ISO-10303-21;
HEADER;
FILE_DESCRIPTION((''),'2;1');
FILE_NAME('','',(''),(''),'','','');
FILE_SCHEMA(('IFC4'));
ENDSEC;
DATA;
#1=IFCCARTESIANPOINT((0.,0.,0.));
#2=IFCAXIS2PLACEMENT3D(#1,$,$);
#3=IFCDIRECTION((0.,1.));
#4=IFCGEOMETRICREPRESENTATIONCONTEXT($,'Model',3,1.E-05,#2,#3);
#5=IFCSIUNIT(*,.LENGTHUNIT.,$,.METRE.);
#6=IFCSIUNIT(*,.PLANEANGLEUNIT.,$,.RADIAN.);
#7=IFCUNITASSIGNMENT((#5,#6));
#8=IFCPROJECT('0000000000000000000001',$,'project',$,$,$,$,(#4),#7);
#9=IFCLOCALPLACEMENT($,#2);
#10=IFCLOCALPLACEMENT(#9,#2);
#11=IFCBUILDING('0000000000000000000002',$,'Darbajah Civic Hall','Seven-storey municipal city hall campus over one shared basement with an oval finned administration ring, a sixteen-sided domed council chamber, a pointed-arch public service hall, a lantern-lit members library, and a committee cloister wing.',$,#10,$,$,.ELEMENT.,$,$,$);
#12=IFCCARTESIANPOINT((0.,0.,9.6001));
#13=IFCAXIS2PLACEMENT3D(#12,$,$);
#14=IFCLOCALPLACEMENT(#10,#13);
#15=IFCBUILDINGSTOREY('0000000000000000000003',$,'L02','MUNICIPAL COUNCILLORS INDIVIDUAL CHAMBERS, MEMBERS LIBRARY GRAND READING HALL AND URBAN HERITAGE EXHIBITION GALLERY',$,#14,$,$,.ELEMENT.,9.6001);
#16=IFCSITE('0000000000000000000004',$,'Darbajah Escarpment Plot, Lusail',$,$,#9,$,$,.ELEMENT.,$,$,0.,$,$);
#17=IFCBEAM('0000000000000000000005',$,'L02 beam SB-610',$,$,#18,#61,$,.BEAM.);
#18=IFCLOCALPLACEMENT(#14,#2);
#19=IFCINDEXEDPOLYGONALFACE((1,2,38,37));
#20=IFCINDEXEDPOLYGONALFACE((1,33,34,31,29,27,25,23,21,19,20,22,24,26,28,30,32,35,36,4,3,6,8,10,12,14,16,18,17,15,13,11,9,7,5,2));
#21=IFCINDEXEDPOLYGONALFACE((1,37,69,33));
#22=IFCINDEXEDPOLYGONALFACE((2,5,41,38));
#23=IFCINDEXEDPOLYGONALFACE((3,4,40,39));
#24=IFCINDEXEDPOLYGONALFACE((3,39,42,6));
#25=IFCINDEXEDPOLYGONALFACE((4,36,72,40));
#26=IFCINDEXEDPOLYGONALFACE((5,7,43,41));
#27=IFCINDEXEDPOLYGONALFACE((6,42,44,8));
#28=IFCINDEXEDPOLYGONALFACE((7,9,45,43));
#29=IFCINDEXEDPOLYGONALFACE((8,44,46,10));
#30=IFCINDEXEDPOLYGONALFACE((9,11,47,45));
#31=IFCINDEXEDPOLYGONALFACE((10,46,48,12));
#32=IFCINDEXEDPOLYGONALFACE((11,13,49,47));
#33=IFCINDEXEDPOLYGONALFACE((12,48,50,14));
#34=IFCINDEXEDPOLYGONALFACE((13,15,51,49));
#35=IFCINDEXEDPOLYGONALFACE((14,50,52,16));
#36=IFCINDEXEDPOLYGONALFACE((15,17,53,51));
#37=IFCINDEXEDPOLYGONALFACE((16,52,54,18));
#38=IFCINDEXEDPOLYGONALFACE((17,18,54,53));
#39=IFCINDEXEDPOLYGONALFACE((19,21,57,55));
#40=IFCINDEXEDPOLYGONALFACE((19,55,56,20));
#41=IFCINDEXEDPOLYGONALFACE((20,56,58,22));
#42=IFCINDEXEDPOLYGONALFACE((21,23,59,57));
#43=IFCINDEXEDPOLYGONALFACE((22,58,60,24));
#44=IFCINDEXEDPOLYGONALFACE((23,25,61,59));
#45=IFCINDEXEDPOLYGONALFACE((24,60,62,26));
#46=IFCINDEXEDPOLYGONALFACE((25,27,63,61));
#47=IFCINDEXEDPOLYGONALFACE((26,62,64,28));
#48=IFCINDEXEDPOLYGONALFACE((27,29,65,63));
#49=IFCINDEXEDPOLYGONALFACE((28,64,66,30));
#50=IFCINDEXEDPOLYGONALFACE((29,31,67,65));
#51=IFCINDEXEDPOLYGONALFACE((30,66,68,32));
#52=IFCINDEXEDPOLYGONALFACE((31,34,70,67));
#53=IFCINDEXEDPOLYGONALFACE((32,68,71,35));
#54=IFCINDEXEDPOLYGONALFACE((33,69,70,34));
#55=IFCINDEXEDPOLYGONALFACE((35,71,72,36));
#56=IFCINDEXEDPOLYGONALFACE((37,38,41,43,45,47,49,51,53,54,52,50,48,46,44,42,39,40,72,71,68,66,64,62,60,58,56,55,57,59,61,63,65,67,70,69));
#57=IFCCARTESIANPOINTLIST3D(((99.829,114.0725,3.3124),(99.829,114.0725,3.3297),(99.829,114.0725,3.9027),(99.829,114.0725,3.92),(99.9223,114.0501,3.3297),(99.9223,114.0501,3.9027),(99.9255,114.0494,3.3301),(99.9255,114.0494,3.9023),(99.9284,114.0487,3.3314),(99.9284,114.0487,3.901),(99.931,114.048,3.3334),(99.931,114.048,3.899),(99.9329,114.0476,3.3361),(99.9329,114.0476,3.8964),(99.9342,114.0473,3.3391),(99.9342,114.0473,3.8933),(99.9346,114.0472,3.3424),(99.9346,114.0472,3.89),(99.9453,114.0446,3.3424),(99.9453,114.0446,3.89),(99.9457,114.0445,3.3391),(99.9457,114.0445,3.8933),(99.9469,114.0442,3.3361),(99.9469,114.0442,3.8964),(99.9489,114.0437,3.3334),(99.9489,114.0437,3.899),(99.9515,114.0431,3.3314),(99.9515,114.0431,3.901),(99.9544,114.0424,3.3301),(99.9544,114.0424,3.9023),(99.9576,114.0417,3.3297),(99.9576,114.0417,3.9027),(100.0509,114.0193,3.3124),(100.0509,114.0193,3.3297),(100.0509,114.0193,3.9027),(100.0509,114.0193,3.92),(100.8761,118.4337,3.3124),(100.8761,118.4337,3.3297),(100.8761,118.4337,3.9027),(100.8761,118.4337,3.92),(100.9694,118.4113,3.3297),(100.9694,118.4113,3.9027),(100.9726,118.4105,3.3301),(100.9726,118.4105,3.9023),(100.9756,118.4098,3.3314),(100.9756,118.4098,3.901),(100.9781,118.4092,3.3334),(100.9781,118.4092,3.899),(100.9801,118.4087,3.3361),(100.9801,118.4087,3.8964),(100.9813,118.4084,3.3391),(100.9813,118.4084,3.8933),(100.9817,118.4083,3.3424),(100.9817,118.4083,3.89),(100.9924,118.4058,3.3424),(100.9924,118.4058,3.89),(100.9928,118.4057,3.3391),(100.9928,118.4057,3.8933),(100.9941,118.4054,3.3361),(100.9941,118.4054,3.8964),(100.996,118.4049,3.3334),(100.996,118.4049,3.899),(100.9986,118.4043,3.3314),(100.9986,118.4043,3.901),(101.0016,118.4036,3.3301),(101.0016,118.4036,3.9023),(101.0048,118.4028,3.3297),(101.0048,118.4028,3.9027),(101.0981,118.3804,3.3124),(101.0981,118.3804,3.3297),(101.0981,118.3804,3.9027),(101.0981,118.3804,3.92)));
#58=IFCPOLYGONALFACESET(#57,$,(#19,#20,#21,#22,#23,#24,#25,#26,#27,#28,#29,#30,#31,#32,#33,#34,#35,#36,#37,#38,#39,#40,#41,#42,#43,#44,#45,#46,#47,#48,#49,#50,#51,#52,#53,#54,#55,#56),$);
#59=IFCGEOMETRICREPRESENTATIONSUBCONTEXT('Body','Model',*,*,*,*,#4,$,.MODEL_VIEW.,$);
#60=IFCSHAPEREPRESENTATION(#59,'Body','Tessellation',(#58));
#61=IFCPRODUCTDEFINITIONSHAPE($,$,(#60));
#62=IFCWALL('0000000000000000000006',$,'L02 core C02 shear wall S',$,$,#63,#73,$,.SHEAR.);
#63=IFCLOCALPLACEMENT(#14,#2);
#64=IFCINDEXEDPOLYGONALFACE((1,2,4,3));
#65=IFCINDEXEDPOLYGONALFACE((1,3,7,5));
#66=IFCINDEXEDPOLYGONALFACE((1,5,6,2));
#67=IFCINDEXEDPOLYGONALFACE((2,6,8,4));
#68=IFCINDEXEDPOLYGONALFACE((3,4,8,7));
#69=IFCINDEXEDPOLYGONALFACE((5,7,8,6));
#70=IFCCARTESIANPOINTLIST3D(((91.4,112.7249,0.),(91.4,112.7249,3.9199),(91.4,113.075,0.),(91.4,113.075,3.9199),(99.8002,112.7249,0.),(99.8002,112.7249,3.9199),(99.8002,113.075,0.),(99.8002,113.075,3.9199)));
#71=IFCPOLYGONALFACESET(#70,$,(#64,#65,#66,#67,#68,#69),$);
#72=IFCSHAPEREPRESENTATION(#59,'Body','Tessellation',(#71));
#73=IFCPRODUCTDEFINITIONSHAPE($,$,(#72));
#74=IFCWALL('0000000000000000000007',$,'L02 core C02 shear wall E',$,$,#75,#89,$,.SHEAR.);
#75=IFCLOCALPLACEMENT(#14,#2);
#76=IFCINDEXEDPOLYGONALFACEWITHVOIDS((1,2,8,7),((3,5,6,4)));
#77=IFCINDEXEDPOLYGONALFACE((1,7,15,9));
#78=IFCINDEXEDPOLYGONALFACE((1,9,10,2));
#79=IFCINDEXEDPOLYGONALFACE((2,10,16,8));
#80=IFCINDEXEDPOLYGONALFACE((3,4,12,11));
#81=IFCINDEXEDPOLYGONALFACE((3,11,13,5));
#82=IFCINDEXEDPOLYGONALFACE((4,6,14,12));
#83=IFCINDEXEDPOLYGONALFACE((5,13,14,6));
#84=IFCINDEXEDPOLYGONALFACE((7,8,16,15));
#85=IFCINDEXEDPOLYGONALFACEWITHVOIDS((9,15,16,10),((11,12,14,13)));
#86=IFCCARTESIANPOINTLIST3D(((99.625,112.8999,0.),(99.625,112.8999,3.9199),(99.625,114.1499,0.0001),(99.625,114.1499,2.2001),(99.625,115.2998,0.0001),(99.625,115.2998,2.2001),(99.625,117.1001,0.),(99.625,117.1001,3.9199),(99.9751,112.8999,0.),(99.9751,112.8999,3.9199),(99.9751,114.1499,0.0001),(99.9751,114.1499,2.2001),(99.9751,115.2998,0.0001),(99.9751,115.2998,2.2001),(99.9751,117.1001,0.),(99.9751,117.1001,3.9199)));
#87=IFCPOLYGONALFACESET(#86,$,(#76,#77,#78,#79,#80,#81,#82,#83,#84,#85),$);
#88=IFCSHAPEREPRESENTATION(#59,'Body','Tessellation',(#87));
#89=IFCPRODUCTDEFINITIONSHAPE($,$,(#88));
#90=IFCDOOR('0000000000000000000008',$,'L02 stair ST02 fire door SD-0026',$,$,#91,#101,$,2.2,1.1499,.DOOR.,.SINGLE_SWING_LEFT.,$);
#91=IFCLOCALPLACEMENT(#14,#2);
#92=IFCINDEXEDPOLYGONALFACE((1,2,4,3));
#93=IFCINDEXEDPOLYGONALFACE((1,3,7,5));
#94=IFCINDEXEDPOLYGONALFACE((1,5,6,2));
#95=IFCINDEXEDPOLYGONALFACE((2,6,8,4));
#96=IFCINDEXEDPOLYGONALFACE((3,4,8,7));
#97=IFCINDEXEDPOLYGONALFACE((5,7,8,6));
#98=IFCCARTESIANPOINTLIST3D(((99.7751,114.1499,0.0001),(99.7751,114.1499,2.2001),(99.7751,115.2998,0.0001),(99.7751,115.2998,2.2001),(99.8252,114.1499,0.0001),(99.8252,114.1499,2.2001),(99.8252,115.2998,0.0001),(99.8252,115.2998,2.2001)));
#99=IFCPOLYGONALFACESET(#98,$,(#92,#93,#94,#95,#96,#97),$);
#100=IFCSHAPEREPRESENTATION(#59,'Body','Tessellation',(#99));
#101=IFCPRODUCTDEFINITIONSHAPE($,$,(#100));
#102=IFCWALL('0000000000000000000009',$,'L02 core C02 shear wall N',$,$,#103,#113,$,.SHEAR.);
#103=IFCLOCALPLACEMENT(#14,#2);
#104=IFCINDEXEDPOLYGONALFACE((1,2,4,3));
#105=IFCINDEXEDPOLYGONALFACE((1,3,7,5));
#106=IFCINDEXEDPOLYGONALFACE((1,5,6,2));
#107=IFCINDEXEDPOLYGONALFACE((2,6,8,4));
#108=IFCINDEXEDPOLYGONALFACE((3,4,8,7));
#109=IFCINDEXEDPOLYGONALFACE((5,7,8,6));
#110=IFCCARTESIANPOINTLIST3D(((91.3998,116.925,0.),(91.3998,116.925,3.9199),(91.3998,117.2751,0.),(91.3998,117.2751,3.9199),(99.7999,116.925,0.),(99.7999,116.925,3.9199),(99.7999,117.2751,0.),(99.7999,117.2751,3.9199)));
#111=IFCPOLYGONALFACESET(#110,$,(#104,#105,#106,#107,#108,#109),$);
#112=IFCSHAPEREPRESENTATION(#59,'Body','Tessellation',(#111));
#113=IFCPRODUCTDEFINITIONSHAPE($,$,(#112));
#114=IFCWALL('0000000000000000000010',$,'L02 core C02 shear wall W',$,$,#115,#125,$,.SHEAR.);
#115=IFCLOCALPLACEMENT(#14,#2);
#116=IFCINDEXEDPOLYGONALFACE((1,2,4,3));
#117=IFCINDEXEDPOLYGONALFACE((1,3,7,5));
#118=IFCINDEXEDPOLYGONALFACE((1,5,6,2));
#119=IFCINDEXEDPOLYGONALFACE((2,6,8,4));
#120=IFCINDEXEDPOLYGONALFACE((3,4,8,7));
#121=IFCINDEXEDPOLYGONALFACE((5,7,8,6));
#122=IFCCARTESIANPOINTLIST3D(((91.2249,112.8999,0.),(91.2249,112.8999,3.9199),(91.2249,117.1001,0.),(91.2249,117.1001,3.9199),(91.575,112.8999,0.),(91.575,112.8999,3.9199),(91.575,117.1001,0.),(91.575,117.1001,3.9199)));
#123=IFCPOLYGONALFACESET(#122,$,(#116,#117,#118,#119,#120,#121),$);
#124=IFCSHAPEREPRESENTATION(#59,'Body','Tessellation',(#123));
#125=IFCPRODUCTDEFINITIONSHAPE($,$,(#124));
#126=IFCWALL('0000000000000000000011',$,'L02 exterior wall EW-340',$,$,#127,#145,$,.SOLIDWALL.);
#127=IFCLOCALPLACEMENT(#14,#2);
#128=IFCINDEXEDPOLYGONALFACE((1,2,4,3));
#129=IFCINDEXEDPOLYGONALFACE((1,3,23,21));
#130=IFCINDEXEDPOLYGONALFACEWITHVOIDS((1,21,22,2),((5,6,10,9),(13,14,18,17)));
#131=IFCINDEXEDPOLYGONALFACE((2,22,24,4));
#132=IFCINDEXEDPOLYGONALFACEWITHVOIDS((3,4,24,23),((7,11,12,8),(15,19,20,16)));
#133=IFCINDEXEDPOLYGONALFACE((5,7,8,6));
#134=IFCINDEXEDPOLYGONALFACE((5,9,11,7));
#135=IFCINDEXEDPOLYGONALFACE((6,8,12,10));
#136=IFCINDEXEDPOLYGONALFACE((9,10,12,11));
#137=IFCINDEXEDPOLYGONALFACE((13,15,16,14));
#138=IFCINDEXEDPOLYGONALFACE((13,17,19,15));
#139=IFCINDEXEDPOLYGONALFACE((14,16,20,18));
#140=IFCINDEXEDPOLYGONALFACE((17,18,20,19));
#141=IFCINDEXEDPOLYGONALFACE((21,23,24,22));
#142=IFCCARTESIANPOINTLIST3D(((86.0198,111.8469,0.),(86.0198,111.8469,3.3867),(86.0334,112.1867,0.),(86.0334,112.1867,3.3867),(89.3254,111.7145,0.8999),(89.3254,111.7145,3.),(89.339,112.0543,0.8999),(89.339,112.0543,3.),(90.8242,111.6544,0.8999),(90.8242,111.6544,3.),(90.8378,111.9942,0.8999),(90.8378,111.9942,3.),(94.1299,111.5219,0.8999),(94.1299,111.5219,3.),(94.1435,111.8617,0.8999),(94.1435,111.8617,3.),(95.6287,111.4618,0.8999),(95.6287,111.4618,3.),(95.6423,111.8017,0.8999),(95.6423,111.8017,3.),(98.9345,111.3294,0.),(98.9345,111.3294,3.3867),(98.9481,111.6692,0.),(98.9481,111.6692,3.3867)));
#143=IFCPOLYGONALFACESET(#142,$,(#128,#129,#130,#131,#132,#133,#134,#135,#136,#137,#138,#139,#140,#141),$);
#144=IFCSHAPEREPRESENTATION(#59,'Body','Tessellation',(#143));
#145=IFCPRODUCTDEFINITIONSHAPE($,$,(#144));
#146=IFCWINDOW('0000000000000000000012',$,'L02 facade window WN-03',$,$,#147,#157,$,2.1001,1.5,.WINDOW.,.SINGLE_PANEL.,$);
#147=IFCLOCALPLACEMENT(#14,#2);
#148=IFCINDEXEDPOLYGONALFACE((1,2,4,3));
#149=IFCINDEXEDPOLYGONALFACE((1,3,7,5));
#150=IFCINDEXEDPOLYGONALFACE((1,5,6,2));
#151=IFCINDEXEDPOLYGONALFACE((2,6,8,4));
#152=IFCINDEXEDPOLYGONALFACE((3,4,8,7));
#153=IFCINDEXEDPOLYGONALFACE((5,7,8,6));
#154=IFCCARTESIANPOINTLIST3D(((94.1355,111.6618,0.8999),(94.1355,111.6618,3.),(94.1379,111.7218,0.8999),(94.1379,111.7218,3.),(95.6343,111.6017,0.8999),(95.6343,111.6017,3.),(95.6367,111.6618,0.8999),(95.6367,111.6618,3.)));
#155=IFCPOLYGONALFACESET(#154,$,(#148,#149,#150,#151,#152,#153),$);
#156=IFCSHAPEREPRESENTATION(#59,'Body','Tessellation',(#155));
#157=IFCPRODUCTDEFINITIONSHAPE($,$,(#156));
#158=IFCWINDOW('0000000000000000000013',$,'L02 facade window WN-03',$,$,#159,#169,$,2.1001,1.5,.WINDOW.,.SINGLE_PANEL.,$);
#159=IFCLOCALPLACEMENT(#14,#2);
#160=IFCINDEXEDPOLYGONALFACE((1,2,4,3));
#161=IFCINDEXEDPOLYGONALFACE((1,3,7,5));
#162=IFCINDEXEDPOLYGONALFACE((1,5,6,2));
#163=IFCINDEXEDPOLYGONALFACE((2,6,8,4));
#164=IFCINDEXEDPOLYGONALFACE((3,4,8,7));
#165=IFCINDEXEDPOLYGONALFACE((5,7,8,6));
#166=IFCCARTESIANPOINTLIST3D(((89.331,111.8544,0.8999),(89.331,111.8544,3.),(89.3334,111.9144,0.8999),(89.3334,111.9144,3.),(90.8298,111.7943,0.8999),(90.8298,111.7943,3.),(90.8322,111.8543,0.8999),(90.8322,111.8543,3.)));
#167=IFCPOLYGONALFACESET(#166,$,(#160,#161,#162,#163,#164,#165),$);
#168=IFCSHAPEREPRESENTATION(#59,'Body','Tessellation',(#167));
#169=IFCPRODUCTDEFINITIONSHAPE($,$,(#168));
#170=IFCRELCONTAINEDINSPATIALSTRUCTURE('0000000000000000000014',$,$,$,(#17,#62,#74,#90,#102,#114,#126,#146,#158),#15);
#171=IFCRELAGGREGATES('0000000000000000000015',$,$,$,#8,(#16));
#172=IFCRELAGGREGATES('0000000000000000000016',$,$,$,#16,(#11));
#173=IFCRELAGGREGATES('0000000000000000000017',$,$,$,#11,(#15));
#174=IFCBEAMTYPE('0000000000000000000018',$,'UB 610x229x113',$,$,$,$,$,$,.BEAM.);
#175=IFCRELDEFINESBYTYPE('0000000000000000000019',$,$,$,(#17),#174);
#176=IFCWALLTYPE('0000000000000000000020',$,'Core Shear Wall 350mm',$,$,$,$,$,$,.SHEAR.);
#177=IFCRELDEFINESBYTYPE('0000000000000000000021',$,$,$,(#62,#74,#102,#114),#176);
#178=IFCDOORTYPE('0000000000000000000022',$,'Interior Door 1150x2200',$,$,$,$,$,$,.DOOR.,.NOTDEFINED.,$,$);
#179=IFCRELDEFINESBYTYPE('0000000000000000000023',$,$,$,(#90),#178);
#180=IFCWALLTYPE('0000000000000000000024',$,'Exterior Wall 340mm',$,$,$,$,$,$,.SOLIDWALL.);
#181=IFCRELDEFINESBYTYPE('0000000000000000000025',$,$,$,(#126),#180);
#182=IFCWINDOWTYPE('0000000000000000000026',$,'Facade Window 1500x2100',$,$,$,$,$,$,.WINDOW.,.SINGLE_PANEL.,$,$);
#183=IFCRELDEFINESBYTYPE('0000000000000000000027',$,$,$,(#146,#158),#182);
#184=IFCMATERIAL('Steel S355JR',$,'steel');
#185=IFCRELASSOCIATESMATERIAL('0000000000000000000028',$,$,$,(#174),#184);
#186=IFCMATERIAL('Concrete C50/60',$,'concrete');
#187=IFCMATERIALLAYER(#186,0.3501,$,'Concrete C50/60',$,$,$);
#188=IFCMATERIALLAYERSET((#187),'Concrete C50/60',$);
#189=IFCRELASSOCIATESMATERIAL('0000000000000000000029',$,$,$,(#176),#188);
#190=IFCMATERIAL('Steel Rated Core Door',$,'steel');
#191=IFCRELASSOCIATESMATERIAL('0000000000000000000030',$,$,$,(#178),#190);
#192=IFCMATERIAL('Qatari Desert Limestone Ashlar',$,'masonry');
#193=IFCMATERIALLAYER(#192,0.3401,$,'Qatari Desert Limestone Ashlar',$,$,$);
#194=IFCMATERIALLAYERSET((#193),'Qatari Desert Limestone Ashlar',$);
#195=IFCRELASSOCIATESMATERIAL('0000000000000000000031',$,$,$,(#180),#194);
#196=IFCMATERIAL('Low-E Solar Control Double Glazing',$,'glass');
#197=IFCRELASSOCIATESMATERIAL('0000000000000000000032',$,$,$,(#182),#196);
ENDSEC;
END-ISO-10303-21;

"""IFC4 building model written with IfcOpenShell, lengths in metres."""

from ifc_helpers import new_model, si_unit, direction, frame, frame_2d, origin, origin_2d, place, context, subcontext, project, spatial, rectangle, i_section, extrude, material, layer, layer_set, material_profile, profile_set, type_object, element, fill, save


model = new_model("IFC4")

# Units and contexts
model_context = context("Model", 3, precision=1e-05, world=origin(), true_north=direction((0.0, 1.0)))
body_context = subcontext(model_context, "Body", "Model", "MODEL_VIEW")
ifc_project = project(units=[si_unit("LENGTHUNIT", "METRE"), si_unit("PLANEANGLEUNIT", "RADIAN")], contexts=[model_context])

# Site, building, storey
site_placement = place(None, origin())
site = spatial("IfcSite", under=ifc_project, at=site_placement, Name="Darbajah Escarpment Plot, Lusail", CompositionType="ELEMENT", RefElevation=0.0)
building_placement = place(site_placement, origin())
building = spatial("IfcBuilding", under=site, at=building_placement, Name="Darbajah Civic Hall", Description="Seven-storey municipal city hall campus over one shared basement with an oval finned administration ring, a sixteen-sided domed council chamber, a pointed-arch public service hall, a lantern-lit members library, and a committee cloister wing.", CompositionType="ELEMENT")
storey_placement = place(building_placement, frame((0.0, 0.0, 9.6001)))
storey = spatial("IfcBuildingStorey", under=building, at=storey_placement, Name="L02", Description="MUNICIPAL COUNCILLORS INDIVIDUAL CHAMBERS, MEMBERS LIBRARY GRAND READING HALL AND URBAN HERITAGE EXHIBITION GALLERY", CompositionType="ELEMENT", Elevation=9.6001)

# Beam
ifc_material_1 = material(Name="Steel S355JR", Category="steel")
ifc_material_profile_1 = material_profile(ifc_material_1, i_section(OverallWidth=0.2283, OverallDepth=0.6077, WebThickness=0.011, FlangeThickness=0.0173, FilletRadius=0.0127, at=origin_2d()), Name="UB 610x229x113")
ifc_profile_set_1 = profile_set([ifc_material_profile_1], Name="Steel S355JR")
beam_type_1 = type_object("IfcBeamType", Name="UB 610x229x113", PredefinedType="BEAM", material=ifc_profile_set_1)
beam_1_placement = place(storey_placement, frame((99.9399, 114.0459, 3.6162), z_axis=(0.23347, 0.972364, 0.0), x_axis=(-0.972364, 0.23347, 0.0)))
element("IfcBeam", 1, at=beam_1_placement, inside=storey, type_object=beam_type_1, Name="L02 beam SB-610", PredefinedType="BEAM", context=body_context, shape_type="SweptSolid", body=[
    extrude(i_section(OverallWidth=0.2283, OverallDepth=0.6077, WebThickness=0.011, FlangeThickness=0.0173, FilletRadius=0.0127, at=origin_2d()), origin(), (0.0, 0.0, 1.0), 4.4851),
])

# Wall
ifc_material_2 = material(Name="Concrete C50/60", Category="concrete")
ifc_layer_1 = layer(ifc_material_2, 0.3501, Name="Concrete C50/60")
ifc_layer_set_1 = layer_set([ifc_layer_1], Name="Concrete C50/60")
wall_type_1 = type_object("IfcWallType", Name="Core Shear Wall 350mm", PredefinedType="SHEAR", material=ifc_layer_set_1)
wall_1_placement = place(storey_placement, frame((91.3999, 112.8999, 0.0), z_axis=(0.0, 0.0, 1.0), x_axis=(1.0, 0.0, 0.0)))
element("IfcWall", 2, at=wall_1_placement, inside=storey, type_object=wall_type_1, Name="L02 core C02 shear wall S", PredefinedType="SHEAR", context=body_context, shape_type="SweptSolid", body=[
    extrude(rectangle(XDim=8.4001, YDim=0.3501, at=frame_2d((4.2002, 0.0))), origin(), (0.0, 0.0, 1.0), 3.9199),
])

# Wall, opening, door
wall_2_placement = place(storey_placement, frame((99.8, 112.8999, 0.0), z_axis=(0.0, 0.0, 1.0), x_axis=(0.0, 1.0, 0.0)))
wall_2 = element("IfcWall", 3, at=wall_2_placement, inside=storey, type_object=wall_type_1, Name="L02 core C02 shear wall E", PredefinedType="SHEAR", context=body_context, shape_type="SweptSolid", body=[
    extrude(rectangle(XDim=4.2002, YDim=0.3501, at=frame_2d((2.1001, 0.0))), origin(), (0.0, 0.0, 1.0), 3.9199),
])
opening_1_placement = place(wall_2_placement, frame((1.25, 0.0, 0.0)))
opening_1 = element("IfcOpeningElement", 4, at=opening_1_placement, cuts=wall_2, PredefinedType="OPENING", context=body_context, shape_type="SweptSolid", body=[
    extrude(rectangle(XDim=1.1499, YDim=2.2, at=frame_2d((0.575, 1.1001))), frame((0.0, 0.1851, 0.0), z_axis=(0.0, -1.0, 0.0), x_axis=(1.0, 0.0, 0.0)), (0.0, 0.0, 1.0), 0.3701),
])
ifc_material_3 = material(Name="Steel Rated Core Door", Category="steel")
door_type_1 = type_object("IfcDoorType", Name="Interior Door 1150x2200", OperationType="NOTDEFINED", PredefinedType="DOOR", material=ifc_material_3)
door_1_placement = place(opening_1_placement, origin())
door_1 = element("IfcDoor", 5, at=door_1_placement, inside=storey, type_object=door_type_1, Name="L02 stair ST02 fire door SD-0026", OperationType="SINGLE_SWING_LEFT", OverallHeight=2.2, OverallWidth=1.1499, PredefinedType="DOOR", context=body_context, shape_type="SweptSolid", body=[
    extrude(rectangle(XDim=1.1499, YDim=2.2, at=frame_2d((0.575, 1.1001))), frame((0.0, 0.0249, 0.0), z_axis=(0.0, -1.0, 0.0), x_axis=(1.0, 0.0, 0.0)), (0.0, 0.0, 1.0), 0.05),
])
fill(opening_1, door_1)

# Walls
wall_3_placement = place(storey_placement, frame((99.8, 117.1001, 0.0), z_axis=(0.0, 0.0, 1.0), x_axis=(-1.0, 0.0, 0.0)))
element("IfcWall", 6, at=wall_3_placement, inside=storey, type_object=wall_type_1, Name="L02 core C02 shear wall N", PredefinedType="SHEAR", context=body_context, shape_type="SweptSolid", body=[
    extrude(rectangle(XDim=8.4001, YDim=0.3501, at=frame_2d((4.2002, 0.0))), origin(), (0.0, 0.0, 1.0), 3.9199),
])
wall_4_placement = place(storey_placement, frame((91.3999, 117.1001, 0.0), z_axis=(0.0, 0.0, 1.0), x_axis=(0.0, -1.0, 0.0)))
element("IfcWall", 7, at=wall_4_placement, inside=storey, type_object=wall_type_1, Name="L02 core C02 shear wall W", PredefinedType="SHEAR", context=body_context, shape_type="SweptSolid", body=[
    extrude(rectangle(XDim=4.2002, YDim=0.3501, at=frame_2d((2.1001, 0.0))), origin(), (0.0, 0.0, 1.0), 3.9199),
])

# Wall, openings, windows
ifc_material_4 = material(Name="Qatari Desert Limestone Ashlar", Category="masonry")
ifc_layer_2 = layer(ifc_material_4, 0.3401, Name="Qatari Desert Limestone Ashlar")
ifc_layer_set_2 = layer_set([ifc_layer_2], Name="Qatari Desert Limestone Ashlar")
wall_type_2 = type_object("IfcWallType", Name="Exterior Wall 340mm", PredefinedType="SOLIDWALL", material=ifc_layer_set_2)
wall_5_placement = place(storey_placement, frame((98.9412, 111.4993, 0.0), z_axis=(0.0, 0.0, 1.0), x_axis=(-0.999198, 0.040044, 0.0)))
wall_5 = element("IfcWall", 8, at=wall_5_placement, inside=storey, type_object=wall_type_2, Name="L02 exterior wall EW-340", PredefinedType="SOLIDWALL", context=body_context, shape_type="SweptSolid", body=[
    extrude(rectangle(XDim=12.925, YDim=0.3401, at=frame_2d((6.4624, 0.0))), origin(), (0.0, 0.0, 1.0), 3.3867),
])
opening_2_placement = place(wall_5_placement, frame((3.3083, 0.0, 0.8999)))
opening_2 = element("IfcOpeningElement", 9, at=opening_2_placement, cuts=wall_5, PredefinedType="OPENING", context=body_context, shape_type="SweptSolid", body=[
    extrude(rectangle(XDim=1.5, YDim=2.1001, at=frame_2d((0.75, 1.05))), frame((0.0, 0.1799, 0.0), z_axis=(0.0, -1.0, 0.0), x_axis=(1.0, 0.0, 0.0)), (0.0, 0.0, 1.0), 0.3601),
])
opening_3_placement = place(wall_5_placement, frame((8.1167, 0.0, 0.8999)))
opening_3 = element("IfcOpeningElement", 10, at=opening_3_placement, cuts=wall_5, PredefinedType="OPENING", context=body_context, shape_type="SweptSolid", body=[
    extrude(rectangle(XDim=1.5, YDim=2.1001, at=frame_2d((0.75, 1.05))), frame((0.0, 0.1799, 0.0), z_axis=(0.0, -1.0, 0.0), x_axis=(1.0, 0.0, 0.0)), (0.0, 0.0, 1.0), 0.3601),
])
ifc_material_5 = material(Name="Low-E Solar Control Double Glazing", Category="glass")
window_type = type_object("IfcWindowType", Name="Facade Window 1500x2100", PartitioningType="SINGLE_PANEL", PredefinedType="WINDOW", material=ifc_material_5)
window_1_placement = place(opening_2_placement, origin())
window_1 = element("IfcWindow", 11, at=window_1_placement, inside=storey, type_object=window_type, Name="L02 facade window WN-03", OverallHeight=2.1001, OverallWidth=1.5, PartitioningType="SINGLE_PANEL", PredefinedType="WINDOW", context=body_context, shape_type="SweptSolid", body=[
    extrude(rectangle(XDim=1.5, YDim=2.1001, at=frame_2d((0.75, 1.05))), frame((0.0, 0.03, 0.0), z_axis=(0.0, -1.0, 0.0), x_axis=(1.0, 0.0, 0.0)), (0.0, 0.0, 1.0), 0.0601),
])
fill(opening_2, window_1)
window_2_placement = place(opening_3_placement, origin())
window_2 = element("IfcWindow", 12, at=window_2_placement, inside=storey, type_object=window_type, Name="L02 facade window WN-03", OverallHeight=2.1001, OverallWidth=1.5, PartitioningType="SINGLE_PANEL", PredefinedType="WINDOW", context=body_context, shape_type="SweptSolid", body=[
    extrude(rectangle(XDim=1.5, YDim=2.1001, at=frame_2d((0.75, 1.05))), frame((0.0, 0.03, 0.0), z_axis=(0.0, -1.0, 0.0), x_axis=(1.0, 0.0, 0.0)), (0.0, 0.0, 1.0), 0.0601),
])
fill(opening_3, window_2)

save(model, "model.ifc")
